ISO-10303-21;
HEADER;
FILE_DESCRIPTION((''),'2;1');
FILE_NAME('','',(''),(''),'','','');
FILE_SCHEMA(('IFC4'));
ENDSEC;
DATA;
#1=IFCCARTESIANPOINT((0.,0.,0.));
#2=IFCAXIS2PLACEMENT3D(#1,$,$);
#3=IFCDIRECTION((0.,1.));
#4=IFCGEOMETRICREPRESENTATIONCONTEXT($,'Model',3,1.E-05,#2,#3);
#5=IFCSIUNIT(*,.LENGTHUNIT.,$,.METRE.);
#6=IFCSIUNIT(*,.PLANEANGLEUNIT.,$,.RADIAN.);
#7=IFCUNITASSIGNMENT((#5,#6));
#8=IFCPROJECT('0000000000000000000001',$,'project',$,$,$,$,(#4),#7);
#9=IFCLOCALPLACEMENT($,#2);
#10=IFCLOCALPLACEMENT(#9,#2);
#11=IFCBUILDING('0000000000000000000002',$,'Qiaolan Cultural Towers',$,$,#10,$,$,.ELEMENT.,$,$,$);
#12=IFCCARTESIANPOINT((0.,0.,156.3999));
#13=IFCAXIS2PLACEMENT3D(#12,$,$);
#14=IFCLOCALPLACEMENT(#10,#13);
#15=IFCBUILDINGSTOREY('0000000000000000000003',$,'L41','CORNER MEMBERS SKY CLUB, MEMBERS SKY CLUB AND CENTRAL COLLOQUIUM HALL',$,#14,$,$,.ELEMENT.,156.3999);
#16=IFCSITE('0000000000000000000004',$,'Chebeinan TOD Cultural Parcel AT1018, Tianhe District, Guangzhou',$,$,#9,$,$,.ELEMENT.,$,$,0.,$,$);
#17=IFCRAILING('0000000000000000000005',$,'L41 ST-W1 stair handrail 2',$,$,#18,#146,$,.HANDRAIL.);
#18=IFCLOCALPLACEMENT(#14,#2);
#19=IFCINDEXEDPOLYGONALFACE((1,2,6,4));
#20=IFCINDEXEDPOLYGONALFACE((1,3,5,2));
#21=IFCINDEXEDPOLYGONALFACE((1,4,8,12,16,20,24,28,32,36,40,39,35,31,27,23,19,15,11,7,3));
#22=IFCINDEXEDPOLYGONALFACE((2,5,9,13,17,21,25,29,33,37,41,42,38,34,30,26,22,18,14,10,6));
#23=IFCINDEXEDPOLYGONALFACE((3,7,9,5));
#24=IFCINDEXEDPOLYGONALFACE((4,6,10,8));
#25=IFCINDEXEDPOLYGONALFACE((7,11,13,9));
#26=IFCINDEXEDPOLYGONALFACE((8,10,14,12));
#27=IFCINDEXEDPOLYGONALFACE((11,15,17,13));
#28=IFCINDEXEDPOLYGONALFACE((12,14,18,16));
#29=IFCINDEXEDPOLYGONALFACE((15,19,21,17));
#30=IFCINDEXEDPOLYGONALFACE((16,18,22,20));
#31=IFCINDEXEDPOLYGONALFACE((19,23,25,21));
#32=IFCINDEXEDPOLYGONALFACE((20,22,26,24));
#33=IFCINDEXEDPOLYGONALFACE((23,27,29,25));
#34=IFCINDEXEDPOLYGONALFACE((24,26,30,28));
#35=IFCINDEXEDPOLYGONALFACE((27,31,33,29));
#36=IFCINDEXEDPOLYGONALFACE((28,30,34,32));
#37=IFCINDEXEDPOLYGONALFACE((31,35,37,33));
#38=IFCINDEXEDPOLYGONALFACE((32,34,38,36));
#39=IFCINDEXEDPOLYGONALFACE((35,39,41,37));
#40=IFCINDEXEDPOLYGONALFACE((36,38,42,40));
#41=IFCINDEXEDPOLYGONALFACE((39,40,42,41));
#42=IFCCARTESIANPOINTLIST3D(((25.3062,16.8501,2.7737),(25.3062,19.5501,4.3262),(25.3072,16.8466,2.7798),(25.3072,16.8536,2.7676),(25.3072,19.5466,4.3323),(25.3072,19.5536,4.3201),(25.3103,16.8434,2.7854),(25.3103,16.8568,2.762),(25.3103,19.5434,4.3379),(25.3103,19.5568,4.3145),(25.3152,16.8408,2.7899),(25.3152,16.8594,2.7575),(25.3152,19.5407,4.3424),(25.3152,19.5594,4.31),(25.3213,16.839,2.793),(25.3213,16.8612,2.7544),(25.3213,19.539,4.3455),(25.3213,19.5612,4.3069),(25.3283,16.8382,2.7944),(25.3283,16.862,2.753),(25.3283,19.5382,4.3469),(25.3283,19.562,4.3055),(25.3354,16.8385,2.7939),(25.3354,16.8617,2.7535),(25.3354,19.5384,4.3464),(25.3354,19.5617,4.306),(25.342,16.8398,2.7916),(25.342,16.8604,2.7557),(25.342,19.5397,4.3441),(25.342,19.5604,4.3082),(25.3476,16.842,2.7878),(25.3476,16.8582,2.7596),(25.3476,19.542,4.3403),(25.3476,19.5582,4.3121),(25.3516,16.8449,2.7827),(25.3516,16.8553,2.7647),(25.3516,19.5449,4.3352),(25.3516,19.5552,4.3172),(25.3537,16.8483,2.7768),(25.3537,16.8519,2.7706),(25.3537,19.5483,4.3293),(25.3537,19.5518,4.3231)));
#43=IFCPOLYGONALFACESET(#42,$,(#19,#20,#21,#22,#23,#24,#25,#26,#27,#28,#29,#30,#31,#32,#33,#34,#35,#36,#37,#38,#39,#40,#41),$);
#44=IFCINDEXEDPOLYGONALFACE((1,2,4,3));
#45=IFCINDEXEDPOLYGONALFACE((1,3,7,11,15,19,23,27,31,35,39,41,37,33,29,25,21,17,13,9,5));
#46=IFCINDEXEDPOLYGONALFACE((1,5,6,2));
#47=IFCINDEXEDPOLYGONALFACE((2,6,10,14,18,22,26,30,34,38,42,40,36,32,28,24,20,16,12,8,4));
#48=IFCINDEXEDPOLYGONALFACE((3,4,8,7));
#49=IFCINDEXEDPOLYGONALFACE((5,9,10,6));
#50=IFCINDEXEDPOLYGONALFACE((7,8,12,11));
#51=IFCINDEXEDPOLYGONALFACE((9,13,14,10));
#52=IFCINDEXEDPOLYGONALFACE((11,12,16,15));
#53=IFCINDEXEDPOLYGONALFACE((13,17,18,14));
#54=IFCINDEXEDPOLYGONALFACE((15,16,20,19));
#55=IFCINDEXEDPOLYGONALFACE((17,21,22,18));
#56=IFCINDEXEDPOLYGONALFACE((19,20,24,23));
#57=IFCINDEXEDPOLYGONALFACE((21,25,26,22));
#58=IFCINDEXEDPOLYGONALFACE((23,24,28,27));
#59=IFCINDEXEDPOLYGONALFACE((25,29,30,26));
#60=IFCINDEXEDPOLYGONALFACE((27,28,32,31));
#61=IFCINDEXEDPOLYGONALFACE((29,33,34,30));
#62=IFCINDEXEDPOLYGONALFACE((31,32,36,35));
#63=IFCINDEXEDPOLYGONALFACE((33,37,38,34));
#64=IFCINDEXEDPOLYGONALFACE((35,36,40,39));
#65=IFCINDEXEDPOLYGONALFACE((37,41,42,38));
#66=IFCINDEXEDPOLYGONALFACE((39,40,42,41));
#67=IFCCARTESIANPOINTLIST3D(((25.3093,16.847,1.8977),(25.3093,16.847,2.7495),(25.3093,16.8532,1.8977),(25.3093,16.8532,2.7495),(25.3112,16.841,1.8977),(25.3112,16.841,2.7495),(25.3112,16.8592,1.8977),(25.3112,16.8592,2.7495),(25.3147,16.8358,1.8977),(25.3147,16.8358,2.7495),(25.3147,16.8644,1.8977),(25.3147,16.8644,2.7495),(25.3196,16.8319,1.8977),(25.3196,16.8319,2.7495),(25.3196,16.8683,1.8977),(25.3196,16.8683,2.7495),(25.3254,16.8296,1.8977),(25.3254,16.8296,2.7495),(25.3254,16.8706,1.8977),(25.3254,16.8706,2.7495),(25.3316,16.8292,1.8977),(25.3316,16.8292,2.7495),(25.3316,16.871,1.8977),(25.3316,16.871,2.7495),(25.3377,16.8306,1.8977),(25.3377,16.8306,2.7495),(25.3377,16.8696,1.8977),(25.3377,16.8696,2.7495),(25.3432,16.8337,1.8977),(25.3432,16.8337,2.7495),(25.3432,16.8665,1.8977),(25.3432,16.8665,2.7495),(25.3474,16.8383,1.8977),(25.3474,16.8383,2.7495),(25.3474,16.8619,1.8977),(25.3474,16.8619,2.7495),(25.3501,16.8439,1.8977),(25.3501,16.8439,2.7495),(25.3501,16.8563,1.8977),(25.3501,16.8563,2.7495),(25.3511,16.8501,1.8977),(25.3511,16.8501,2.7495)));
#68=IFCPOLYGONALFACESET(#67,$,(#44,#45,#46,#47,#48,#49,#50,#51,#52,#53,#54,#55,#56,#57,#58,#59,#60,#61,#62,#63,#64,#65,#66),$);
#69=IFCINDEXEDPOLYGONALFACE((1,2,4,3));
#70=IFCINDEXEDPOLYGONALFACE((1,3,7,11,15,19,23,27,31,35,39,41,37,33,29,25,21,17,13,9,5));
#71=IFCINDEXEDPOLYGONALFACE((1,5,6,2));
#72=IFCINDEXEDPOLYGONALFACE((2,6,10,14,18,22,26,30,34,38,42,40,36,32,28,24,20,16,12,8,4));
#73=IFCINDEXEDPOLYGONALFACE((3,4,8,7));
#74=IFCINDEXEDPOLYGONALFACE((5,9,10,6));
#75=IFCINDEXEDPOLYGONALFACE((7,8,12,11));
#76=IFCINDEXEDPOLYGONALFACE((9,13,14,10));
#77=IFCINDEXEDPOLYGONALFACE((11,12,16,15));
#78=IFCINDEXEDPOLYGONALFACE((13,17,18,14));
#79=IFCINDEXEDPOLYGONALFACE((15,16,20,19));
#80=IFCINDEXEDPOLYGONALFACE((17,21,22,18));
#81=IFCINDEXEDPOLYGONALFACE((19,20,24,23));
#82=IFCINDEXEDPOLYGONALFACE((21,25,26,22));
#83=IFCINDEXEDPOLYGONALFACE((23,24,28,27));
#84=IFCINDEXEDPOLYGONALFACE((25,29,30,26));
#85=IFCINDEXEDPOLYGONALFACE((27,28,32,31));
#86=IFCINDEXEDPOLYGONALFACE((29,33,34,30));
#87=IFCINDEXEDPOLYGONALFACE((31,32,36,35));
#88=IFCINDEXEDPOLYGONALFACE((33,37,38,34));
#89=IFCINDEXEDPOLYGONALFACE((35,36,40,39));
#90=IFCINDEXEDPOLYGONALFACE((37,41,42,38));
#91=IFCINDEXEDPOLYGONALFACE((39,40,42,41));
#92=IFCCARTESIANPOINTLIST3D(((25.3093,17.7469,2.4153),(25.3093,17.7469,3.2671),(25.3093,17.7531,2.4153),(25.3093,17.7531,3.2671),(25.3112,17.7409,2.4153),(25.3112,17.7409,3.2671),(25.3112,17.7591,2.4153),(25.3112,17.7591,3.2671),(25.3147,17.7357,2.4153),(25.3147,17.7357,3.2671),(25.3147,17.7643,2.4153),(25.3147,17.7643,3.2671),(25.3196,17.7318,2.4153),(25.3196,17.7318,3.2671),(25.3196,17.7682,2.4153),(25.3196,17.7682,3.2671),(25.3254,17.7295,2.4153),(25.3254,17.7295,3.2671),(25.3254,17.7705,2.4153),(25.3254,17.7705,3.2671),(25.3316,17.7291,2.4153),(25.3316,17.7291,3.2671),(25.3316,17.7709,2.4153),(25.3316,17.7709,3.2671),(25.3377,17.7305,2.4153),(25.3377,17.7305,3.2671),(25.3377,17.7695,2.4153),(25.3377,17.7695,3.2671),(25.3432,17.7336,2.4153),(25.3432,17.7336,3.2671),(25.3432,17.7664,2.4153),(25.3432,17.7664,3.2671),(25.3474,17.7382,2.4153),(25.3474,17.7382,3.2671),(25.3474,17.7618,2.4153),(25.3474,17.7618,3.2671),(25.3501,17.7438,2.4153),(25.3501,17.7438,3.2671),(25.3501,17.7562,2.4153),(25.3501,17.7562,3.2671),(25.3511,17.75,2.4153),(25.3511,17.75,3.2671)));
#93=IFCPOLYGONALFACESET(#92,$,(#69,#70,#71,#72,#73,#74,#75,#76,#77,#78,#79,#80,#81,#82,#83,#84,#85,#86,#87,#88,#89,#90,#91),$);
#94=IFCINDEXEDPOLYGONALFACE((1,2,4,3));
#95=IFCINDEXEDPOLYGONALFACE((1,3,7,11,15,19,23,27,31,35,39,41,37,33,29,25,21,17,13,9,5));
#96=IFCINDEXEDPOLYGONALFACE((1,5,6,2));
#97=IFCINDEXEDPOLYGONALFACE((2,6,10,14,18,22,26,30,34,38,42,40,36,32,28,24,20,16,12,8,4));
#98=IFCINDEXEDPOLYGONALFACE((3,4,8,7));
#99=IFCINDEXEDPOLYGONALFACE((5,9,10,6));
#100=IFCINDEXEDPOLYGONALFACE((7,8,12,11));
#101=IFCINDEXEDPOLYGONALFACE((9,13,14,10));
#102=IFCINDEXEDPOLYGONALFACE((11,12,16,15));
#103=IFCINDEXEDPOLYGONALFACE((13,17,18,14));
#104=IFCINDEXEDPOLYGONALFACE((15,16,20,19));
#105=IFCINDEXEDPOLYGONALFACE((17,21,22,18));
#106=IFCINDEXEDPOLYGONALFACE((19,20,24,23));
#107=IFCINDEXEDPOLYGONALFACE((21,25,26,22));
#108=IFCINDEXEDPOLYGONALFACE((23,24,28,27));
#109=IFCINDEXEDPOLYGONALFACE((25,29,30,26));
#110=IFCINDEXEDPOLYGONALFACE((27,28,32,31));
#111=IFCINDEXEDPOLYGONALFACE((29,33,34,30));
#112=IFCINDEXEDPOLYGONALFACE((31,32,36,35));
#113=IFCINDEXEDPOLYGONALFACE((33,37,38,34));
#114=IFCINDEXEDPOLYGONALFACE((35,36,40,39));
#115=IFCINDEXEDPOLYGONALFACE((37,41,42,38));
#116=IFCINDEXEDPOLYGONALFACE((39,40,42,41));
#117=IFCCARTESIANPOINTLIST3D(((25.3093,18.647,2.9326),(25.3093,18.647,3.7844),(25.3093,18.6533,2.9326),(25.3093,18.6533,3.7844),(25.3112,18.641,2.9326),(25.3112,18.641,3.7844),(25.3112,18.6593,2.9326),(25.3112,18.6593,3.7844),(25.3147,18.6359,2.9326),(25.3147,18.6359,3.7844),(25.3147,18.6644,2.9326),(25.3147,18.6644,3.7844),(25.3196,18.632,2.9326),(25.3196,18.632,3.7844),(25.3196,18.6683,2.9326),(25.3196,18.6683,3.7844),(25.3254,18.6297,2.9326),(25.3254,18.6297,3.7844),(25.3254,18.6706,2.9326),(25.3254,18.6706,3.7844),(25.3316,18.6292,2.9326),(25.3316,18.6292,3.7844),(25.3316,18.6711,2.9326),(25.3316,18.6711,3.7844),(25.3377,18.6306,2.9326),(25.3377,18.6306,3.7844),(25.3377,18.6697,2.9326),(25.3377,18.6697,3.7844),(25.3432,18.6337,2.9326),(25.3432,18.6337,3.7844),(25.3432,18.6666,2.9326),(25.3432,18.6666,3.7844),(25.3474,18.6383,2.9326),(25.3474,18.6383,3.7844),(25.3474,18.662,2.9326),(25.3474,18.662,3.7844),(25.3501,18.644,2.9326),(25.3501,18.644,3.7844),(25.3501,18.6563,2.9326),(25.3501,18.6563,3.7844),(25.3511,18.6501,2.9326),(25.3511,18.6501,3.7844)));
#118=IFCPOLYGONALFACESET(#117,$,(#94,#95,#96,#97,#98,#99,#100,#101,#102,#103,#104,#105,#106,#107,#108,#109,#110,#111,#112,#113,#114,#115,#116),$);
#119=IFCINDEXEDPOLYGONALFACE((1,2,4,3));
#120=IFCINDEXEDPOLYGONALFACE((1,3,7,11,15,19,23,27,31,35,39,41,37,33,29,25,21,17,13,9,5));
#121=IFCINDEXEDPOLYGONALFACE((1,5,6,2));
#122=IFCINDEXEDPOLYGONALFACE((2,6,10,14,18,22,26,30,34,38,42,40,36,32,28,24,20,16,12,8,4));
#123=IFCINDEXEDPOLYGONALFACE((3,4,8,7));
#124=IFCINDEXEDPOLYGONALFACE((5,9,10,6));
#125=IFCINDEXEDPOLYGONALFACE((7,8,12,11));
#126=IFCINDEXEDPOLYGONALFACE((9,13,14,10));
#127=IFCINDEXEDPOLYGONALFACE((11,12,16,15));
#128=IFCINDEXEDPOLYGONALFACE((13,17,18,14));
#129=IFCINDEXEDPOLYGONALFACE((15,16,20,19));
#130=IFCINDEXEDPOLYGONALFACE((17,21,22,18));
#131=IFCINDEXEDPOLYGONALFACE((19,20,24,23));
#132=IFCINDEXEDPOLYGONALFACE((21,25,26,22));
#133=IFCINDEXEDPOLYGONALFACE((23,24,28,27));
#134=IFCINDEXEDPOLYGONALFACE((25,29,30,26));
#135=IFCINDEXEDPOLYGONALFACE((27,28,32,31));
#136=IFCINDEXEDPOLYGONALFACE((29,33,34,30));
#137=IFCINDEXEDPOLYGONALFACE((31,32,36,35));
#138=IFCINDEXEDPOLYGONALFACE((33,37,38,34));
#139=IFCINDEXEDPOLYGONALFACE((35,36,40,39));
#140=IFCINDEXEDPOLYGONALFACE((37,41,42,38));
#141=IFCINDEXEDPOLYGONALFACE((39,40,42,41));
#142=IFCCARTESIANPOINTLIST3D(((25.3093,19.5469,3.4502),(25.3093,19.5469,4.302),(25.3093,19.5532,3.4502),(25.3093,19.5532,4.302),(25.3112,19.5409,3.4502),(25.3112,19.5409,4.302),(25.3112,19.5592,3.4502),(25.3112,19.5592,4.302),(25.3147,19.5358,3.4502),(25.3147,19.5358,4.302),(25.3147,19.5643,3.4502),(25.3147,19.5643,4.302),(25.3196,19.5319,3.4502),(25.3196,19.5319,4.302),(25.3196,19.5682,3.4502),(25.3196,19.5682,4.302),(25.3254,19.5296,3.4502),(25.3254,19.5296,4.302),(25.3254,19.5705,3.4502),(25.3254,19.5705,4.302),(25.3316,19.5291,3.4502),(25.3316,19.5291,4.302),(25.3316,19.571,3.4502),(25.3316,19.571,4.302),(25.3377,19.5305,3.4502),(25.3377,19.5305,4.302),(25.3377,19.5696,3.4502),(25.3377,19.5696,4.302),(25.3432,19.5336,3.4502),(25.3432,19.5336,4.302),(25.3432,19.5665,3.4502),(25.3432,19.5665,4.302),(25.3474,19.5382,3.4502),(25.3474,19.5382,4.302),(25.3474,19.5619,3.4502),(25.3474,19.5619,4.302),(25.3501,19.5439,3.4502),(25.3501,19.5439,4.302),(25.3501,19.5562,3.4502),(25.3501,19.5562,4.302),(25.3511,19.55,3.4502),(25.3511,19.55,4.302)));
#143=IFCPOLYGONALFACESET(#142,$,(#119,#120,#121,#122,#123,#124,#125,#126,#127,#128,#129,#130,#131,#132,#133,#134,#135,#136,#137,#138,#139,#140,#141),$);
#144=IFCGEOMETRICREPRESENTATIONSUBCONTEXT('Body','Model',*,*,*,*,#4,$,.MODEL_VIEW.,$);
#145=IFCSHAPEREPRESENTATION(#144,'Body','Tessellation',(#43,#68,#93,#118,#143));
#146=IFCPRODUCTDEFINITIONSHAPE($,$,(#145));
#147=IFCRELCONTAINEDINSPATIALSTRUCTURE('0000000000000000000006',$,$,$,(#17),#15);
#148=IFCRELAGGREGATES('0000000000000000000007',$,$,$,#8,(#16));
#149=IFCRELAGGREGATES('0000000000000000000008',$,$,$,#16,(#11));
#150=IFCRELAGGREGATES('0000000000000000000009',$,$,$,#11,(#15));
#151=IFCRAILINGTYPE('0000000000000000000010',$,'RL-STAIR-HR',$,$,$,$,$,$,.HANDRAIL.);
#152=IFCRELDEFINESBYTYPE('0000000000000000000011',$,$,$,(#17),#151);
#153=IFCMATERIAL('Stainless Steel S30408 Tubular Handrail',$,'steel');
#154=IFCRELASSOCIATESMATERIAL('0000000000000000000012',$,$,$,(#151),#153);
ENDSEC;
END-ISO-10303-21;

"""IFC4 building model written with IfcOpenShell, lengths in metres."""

from ifc_helpers import new_model, si_unit, direction, frame, origin, origin_2d, place, context, subcontext, project, spatial, circle, extrude, material, type_object, element, save


model = new_model("IFC4")

# Units and contexts
model_context = context("Model", 3, precision=1e-05, world=origin(), true_north=direction((0.0, 1.0)))
body_context = subcontext(model_context, "Body", "Model", "MODEL_VIEW")
ifc_project = project(units=[si_unit("LENGTHUNIT", "METRE"), si_unit("PLANEANGLEUNIT", "RADIAN")], contexts=[model_context])

# Site, building, storey
site_placement = place(None, origin())
site = spatial("IfcSite", under=ifc_project, at=site_placement, Name="Chebeinan TOD Cultural Parcel AT1018, Tianhe District, Guangzhou", CompositionType="ELEMENT", RefElevation=0.0)
building_placement = place(site_placement, origin())
building = spatial("IfcBuilding", under=site, at=building_placement, Name="Qiaolan Cultural Towers", CompositionType="ELEMENT")
storey_placement = place(building_placement, frame((0.0, 0.0, 156.3999)))
storey = spatial("IfcBuildingStorey", under=building, at=storey_placement, Name="L41", Description="CORNER MEMBERS SKY CLUB, MEMBERS SKY CLUB AND CENTRAL COLLOQUIUM HALL", CompositionType="ELEMENT", Elevation=156.3999)

# Railing
ifc_material_1 = material(Name="Stainless Steel S30408 Tubular Handrail", Category="steel")
railing_type_1 = type_object("IfcRailingType", Name="RL-STAIR-HR", PredefinedType="HANDRAIL", material=ifc_material_1)
railing_1_placement = place(storey_placement, frame((25.3301, 16.8501, 1.8977)))
element("IfcRailing", 1, at=railing_1_placement, inside=storey, type_object=railing_type_1, Name="L41 ST-W1 stair handrail 2", PredefinedType="HANDRAIL", context=body_context, shape_type="SweptSolid", body=[
    extrude(circle(Radius=0.0239, at=origin_2d()), frame((0.0, 0.0, 0.876), z_axis=(0.0, 0.866904, 0.498476), x_axis=(-1.0, 0.0, 0.0)), (0.0, 0.0, 1.0), 3.1145),
    extrude(circle(Radius=0.021, at=origin_2d()), origin(), (0.0, 0.0, 1.0), 0.8518),
    extrude(circle(Radius=0.021, at=origin_2d()), frame((0.0, 0.8999, 0.5176)), (0.0, 0.0, 1.0), 0.8518),
    extrude(circle(Radius=0.021, at=origin_2d()), frame((0.0, 1.8, 1.0349)), (0.0, 0.0, 1.0), 0.8518),
    extrude(circle(Radius=0.021, at=origin_2d()), frame((0.0, 2.7, 1.5525)), (0.0, 0.0, 1.0), 0.8518),
])

save(model, "model.ifc")
